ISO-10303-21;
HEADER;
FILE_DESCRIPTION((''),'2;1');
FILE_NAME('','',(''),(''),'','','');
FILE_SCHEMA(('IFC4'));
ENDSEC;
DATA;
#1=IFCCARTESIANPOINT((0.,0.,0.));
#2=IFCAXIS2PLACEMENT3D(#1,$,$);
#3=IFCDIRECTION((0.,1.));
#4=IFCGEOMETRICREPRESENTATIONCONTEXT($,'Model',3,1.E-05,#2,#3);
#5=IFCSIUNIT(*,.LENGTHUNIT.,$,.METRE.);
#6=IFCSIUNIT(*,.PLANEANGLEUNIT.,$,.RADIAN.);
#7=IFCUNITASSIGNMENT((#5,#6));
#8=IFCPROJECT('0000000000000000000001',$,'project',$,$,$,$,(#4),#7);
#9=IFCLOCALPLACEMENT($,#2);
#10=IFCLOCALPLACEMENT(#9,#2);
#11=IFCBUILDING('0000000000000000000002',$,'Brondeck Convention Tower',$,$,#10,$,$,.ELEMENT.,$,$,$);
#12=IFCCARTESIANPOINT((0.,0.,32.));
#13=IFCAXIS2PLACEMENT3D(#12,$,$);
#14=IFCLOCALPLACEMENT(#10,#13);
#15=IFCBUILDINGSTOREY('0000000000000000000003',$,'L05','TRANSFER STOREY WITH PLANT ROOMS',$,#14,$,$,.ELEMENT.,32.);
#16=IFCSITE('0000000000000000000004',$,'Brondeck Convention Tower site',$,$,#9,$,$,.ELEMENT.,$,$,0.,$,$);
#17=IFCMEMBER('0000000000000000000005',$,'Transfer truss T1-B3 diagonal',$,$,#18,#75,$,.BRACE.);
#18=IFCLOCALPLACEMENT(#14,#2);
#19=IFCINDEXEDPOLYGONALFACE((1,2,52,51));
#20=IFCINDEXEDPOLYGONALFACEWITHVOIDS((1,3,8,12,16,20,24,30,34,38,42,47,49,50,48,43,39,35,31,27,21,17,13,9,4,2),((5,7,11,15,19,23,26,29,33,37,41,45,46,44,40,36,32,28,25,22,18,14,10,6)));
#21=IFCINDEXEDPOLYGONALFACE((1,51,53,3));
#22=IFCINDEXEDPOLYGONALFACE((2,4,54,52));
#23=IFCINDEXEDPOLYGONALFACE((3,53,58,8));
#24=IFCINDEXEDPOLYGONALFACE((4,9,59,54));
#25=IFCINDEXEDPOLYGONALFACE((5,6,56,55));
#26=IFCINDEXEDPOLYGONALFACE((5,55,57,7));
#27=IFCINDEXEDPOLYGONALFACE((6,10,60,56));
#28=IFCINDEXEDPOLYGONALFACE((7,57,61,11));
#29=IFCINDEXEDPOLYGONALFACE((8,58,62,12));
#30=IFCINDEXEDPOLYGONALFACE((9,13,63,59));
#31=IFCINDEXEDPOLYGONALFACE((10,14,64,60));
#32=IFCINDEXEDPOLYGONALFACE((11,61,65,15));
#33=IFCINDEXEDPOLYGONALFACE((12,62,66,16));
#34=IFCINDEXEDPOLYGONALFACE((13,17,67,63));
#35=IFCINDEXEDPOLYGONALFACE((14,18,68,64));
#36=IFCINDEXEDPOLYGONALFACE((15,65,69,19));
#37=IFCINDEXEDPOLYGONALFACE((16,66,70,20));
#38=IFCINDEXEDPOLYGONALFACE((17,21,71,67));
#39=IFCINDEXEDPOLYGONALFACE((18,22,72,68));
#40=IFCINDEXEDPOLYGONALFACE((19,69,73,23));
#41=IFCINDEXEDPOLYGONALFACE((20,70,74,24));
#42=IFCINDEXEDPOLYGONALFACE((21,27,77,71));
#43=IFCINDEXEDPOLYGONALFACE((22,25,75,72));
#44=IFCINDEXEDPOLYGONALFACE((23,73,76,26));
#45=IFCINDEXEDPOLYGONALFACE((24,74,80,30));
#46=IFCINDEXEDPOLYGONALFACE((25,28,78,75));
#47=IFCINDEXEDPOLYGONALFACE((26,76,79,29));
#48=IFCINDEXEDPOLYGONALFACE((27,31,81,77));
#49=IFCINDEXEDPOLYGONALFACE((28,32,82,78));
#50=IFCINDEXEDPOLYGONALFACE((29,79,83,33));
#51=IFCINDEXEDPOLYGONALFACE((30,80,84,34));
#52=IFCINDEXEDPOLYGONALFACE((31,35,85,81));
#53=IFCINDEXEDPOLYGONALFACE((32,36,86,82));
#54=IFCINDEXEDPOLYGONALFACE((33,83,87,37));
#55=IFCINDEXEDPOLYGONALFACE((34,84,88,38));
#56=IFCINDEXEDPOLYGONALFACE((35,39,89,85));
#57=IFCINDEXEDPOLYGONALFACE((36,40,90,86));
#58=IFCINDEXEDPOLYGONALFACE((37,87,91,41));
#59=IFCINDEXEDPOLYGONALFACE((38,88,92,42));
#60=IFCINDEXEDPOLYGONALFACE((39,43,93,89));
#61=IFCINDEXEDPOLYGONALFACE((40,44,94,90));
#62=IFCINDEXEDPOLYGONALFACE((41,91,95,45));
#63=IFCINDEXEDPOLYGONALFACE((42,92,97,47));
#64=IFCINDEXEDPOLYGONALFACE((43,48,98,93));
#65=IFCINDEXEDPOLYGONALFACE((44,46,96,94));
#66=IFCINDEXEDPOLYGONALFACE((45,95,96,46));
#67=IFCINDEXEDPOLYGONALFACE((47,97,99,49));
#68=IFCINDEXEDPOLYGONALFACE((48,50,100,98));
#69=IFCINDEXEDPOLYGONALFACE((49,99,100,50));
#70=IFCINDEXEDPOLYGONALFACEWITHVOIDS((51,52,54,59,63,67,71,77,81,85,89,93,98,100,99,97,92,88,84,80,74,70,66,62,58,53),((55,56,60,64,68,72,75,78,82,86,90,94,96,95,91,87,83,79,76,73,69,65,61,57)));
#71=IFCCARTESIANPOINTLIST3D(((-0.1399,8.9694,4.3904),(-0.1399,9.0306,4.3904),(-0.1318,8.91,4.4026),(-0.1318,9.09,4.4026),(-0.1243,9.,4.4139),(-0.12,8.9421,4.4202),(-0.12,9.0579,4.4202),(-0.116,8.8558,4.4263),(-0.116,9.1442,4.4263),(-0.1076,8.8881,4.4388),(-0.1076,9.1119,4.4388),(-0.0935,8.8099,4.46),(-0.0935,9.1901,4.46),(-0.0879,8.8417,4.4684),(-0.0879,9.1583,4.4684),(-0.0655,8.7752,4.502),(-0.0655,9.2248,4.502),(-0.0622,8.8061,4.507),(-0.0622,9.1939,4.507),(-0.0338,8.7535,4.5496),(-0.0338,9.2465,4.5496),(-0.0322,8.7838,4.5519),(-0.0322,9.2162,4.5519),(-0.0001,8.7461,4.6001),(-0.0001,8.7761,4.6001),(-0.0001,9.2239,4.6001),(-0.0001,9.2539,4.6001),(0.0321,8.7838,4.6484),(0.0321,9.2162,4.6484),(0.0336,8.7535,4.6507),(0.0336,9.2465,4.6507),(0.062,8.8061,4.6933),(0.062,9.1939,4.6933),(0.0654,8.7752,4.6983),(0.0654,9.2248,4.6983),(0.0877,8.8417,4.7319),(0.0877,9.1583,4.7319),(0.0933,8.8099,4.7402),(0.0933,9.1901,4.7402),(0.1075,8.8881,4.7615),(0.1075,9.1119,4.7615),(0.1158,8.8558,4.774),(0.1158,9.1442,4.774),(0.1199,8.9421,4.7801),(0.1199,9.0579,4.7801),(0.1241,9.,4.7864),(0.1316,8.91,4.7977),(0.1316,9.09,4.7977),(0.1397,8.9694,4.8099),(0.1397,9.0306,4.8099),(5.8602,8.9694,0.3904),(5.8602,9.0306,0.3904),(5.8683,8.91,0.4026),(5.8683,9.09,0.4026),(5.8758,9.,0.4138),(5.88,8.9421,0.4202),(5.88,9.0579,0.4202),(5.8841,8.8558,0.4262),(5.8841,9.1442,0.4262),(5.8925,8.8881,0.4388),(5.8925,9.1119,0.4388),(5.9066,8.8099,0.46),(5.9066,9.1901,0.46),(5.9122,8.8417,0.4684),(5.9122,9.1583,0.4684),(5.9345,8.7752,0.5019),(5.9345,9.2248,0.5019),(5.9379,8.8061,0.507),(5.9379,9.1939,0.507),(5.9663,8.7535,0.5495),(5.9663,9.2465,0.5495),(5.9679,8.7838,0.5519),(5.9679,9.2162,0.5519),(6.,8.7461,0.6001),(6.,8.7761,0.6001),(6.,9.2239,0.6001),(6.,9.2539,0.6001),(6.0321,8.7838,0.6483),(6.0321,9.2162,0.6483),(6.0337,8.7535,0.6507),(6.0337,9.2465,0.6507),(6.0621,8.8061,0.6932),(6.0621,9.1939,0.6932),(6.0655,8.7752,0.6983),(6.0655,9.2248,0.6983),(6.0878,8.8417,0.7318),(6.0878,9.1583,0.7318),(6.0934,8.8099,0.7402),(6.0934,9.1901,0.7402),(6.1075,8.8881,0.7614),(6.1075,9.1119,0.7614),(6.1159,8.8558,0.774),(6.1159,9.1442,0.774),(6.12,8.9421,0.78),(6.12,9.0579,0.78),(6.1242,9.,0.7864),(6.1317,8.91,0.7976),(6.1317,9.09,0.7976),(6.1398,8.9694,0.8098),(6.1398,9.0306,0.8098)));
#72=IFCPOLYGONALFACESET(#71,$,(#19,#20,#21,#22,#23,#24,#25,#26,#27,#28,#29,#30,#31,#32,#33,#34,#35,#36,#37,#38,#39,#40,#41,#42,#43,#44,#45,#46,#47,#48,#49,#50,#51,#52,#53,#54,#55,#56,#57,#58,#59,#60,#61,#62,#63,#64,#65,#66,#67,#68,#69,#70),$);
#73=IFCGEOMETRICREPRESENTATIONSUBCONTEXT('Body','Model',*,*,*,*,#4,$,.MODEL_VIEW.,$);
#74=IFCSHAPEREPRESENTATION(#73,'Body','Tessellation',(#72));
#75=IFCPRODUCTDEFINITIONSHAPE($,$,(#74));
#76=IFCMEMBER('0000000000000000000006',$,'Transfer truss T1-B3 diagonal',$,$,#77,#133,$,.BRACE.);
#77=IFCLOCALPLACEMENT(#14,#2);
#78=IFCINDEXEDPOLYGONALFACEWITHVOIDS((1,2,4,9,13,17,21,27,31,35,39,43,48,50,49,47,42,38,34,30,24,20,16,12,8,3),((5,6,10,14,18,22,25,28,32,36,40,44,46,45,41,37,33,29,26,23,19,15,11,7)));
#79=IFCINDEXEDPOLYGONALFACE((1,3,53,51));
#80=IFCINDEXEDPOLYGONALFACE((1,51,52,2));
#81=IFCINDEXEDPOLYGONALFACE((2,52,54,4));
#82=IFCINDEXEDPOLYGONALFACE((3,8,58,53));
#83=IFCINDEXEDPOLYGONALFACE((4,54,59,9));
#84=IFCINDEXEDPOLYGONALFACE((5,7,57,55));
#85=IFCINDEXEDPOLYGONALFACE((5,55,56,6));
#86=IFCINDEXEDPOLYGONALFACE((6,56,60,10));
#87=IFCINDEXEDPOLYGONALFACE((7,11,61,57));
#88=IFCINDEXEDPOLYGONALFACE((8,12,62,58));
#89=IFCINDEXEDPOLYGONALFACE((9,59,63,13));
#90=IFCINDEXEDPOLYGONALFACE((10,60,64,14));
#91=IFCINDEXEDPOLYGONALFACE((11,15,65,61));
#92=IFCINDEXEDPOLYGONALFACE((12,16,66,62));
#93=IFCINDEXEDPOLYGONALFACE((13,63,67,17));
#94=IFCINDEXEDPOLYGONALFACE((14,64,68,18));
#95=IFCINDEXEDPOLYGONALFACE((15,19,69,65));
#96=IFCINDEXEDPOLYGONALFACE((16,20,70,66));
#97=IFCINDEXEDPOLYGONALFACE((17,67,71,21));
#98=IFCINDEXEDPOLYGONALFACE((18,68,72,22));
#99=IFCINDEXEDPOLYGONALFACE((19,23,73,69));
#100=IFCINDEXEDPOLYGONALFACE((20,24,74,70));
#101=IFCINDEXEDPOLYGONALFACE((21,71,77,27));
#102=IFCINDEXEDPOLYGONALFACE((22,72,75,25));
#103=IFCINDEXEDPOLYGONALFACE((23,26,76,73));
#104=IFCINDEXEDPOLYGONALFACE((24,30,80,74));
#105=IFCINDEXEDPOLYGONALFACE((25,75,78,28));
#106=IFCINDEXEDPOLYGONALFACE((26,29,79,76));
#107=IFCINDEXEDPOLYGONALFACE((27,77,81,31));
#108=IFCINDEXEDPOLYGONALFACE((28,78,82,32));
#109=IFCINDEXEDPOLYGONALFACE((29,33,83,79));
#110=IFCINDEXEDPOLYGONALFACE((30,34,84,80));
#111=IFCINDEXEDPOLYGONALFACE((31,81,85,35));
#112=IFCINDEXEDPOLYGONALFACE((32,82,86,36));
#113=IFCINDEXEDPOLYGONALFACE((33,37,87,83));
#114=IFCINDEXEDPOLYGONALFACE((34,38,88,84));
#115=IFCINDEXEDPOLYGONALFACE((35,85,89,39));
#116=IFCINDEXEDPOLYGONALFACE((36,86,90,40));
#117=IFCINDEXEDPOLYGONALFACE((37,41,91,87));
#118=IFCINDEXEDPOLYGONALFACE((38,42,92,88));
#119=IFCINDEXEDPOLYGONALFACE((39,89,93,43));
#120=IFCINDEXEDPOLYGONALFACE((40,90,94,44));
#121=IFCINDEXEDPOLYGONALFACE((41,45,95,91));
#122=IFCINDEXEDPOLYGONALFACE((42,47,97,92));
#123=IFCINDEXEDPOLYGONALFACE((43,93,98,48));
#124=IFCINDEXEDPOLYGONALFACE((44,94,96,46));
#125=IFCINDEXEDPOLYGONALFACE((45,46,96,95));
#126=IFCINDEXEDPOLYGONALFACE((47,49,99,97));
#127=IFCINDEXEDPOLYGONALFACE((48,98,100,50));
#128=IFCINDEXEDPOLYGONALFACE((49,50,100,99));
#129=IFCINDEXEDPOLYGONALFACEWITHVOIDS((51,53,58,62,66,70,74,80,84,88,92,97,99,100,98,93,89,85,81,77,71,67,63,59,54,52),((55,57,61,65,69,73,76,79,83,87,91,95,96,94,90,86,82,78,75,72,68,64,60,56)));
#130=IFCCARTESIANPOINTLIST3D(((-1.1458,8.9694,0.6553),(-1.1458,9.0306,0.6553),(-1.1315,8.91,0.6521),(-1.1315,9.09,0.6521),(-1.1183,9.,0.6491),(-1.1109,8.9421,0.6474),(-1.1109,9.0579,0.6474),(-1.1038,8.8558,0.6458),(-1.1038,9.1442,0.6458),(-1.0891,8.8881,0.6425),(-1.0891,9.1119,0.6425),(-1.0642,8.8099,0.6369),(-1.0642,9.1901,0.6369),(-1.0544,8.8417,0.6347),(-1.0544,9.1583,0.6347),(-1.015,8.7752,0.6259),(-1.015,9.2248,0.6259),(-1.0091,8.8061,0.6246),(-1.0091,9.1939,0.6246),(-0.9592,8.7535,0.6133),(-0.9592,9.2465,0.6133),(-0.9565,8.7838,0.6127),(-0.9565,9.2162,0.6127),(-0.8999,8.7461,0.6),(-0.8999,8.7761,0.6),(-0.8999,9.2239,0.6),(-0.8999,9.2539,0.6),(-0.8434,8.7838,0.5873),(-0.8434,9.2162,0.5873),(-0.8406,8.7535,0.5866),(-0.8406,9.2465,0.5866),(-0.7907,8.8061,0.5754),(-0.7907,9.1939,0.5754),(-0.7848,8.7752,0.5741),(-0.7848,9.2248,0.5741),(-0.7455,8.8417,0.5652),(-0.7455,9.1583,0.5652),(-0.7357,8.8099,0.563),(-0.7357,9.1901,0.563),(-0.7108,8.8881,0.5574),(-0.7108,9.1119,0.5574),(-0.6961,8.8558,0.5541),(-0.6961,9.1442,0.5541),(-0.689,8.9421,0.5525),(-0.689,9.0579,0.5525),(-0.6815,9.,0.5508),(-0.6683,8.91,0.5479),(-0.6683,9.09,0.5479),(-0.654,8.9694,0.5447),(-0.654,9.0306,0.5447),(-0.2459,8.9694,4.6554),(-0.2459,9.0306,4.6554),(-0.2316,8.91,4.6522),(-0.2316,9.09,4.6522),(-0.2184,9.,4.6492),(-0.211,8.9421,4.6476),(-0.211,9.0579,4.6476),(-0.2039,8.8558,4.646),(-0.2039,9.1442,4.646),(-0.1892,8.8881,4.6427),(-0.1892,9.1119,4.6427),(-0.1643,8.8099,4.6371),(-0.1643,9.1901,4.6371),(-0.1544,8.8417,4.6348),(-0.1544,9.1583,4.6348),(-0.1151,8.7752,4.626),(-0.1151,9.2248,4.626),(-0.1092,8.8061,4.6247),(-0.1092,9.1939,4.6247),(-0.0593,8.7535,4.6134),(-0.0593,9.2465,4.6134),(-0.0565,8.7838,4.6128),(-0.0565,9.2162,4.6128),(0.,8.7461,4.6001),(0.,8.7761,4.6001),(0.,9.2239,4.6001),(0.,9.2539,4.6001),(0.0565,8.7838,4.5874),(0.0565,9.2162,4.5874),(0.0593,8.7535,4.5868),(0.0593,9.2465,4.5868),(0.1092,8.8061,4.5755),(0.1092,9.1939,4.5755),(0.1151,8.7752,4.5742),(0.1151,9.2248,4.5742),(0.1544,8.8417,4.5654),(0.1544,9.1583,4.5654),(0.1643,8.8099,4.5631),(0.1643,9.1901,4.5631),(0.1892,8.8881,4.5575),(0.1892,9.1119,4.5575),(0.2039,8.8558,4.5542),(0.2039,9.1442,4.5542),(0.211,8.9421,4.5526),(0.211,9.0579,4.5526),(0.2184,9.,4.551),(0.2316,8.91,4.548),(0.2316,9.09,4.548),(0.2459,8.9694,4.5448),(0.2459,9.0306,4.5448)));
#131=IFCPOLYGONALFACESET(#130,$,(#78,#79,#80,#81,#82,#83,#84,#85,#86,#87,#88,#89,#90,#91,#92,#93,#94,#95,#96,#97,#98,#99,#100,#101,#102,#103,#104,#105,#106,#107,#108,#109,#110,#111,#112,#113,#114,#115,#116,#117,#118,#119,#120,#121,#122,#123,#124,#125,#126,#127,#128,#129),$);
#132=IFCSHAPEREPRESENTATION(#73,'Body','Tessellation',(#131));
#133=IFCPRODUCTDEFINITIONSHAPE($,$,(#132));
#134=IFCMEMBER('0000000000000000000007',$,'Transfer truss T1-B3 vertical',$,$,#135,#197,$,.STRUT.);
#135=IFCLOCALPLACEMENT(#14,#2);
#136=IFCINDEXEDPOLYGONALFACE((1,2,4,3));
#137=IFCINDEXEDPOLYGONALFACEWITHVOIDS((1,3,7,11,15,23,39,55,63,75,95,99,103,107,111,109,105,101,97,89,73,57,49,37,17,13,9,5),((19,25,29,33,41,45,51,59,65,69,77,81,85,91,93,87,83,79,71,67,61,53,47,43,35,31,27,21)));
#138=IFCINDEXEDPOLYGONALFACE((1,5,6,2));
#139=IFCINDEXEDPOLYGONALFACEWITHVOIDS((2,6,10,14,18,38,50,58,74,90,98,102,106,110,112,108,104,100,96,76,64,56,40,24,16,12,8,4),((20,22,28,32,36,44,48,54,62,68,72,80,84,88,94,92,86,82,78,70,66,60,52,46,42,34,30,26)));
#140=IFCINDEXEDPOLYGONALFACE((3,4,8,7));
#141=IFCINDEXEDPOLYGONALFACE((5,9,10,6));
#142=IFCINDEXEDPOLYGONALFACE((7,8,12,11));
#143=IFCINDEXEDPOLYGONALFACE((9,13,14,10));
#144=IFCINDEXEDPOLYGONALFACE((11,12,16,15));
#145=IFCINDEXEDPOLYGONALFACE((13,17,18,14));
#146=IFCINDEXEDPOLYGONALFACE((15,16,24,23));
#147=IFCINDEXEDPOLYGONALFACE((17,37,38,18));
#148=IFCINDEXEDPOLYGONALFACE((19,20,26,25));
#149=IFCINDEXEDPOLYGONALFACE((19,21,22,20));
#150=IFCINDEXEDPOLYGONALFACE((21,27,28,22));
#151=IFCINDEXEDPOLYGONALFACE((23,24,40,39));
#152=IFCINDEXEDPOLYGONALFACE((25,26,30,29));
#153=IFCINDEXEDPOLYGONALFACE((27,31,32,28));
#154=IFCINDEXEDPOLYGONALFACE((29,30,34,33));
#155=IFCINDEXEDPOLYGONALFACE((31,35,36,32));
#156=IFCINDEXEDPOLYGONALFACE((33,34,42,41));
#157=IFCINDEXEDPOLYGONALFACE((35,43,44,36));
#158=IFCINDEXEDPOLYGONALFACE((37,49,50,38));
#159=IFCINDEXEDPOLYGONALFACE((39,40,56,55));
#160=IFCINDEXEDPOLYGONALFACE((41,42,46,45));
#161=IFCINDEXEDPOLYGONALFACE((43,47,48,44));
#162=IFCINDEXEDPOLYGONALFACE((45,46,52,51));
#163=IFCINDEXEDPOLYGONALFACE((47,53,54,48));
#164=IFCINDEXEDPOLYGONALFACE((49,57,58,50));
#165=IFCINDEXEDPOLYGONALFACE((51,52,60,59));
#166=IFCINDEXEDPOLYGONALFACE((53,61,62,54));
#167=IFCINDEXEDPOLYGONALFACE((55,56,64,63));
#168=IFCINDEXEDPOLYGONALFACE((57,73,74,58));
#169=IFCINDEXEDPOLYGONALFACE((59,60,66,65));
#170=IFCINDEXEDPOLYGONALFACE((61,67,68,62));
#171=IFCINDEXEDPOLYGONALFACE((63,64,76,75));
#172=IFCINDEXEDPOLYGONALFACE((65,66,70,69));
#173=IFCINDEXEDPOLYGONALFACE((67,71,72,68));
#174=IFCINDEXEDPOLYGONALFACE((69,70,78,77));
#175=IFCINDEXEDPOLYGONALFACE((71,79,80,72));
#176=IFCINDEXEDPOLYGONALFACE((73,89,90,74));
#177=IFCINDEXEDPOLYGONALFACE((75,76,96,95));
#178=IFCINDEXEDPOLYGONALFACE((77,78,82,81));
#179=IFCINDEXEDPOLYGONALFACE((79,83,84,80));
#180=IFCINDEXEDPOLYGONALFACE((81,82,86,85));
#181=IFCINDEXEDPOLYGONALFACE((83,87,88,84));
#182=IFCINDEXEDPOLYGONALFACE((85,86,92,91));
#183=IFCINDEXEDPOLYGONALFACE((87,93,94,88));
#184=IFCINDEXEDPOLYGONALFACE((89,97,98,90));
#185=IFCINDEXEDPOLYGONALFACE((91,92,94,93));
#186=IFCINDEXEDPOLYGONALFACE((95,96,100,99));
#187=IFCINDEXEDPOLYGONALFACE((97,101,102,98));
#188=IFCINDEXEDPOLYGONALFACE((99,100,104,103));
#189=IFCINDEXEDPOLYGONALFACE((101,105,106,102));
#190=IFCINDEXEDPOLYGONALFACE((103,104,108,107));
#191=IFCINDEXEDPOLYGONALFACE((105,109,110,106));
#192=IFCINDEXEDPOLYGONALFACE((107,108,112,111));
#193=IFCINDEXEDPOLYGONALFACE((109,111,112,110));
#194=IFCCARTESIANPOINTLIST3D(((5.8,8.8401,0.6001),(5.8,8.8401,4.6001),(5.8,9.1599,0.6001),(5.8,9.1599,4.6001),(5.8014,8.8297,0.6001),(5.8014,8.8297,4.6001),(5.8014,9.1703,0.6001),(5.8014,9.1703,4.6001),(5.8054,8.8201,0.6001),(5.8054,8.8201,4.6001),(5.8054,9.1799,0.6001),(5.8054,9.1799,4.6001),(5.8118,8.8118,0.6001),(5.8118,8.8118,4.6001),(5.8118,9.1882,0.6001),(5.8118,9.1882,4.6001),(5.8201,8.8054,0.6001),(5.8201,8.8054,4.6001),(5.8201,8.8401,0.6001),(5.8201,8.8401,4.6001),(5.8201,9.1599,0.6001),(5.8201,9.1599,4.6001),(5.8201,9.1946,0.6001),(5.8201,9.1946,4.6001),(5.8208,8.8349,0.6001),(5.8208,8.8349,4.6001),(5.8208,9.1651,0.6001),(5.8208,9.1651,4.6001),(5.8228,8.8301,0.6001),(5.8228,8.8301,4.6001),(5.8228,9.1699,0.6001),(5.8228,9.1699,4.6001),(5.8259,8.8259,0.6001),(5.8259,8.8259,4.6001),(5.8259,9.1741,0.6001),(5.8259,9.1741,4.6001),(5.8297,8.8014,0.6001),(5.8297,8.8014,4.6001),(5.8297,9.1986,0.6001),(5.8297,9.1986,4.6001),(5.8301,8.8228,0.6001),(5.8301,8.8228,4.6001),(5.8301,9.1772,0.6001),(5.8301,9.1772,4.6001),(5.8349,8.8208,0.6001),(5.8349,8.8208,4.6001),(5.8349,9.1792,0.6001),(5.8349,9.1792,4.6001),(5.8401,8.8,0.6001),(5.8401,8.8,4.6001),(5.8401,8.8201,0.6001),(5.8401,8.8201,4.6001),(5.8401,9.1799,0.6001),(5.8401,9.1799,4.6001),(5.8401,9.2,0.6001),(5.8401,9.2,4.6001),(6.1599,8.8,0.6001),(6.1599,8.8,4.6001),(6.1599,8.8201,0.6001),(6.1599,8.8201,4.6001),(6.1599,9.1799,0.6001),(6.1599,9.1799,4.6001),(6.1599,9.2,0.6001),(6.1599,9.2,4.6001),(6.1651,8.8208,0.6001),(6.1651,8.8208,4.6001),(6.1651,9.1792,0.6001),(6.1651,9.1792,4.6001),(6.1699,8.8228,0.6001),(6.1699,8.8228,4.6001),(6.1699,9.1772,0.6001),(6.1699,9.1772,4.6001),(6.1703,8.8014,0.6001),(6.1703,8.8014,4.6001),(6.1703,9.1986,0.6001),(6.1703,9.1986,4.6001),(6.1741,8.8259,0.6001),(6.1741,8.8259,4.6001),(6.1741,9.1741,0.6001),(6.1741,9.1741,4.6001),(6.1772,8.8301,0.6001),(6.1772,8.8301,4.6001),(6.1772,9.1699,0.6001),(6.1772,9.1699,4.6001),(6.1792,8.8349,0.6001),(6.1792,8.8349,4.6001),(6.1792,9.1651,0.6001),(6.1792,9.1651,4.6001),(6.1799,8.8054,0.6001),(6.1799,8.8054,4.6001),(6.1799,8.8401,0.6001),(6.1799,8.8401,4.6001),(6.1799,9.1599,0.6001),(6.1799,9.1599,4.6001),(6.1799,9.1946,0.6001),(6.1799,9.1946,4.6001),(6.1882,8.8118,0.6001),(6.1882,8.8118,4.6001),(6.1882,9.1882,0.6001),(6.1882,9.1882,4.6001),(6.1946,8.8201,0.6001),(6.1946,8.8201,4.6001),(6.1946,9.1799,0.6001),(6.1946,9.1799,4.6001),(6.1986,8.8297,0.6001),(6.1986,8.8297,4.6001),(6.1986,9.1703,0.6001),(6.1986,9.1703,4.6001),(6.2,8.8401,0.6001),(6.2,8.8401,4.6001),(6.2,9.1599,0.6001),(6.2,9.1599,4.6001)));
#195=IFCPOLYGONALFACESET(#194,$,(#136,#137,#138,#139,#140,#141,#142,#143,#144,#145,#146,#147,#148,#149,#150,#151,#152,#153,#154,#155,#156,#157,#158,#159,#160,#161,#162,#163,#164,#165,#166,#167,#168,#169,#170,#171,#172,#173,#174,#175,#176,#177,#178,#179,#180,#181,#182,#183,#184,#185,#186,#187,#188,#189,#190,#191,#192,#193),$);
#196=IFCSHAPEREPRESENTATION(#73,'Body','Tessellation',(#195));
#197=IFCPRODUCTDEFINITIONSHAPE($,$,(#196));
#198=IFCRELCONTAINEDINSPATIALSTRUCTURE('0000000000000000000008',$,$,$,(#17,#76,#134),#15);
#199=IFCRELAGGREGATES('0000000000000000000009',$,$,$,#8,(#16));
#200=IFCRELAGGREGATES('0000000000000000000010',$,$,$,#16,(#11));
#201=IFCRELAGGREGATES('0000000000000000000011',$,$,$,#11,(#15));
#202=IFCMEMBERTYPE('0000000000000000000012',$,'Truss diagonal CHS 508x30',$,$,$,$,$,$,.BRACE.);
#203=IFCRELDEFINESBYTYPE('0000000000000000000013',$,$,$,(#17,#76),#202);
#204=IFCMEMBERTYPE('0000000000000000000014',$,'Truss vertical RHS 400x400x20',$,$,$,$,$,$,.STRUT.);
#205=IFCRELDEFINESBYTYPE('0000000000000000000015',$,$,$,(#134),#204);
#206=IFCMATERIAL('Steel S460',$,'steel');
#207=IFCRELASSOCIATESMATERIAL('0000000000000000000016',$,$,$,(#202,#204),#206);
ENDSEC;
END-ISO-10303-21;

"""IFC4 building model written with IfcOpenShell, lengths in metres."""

from ifc_helpers import new_model, si_unit, direction, frame, origin, origin_2d, place, context, subcontext, project, spatial, hollow_rectangle, hollow_circle, extrude, material, material_profile, profile_set, type_object, element, save


model = new_model("IFC4")

# Units and contexts
model_context = context("Model", 3, precision=1e-05, world=origin(), true_north=direction((0.0, 1.0)))
body_context = subcontext(model_context, "Body", "Model", "MODEL_VIEW")
ifc_project = project(units=[si_unit("LENGTHUNIT", "METRE"), si_unit("PLANEANGLEUNIT", "RADIAN")], contexts=[model_context])

# Site, building, storey
site_placement = place(None, origin())
site = spatial("IfcSite", under=ifc_project, at=site_placement, Name="Brondeck Convention Tower site", CompositionType="ELEMENT", RefElevation=0.0)
building_placement = place(site_placement, origin())
building = spatial("IfcBuilding", under=site, at=building_placement, Name="Brondeck Convention Tower", CompositionType="ELEMENT")
storey_placement = place(building_placement, frame((0.0, 0.0, 32.0)))
storey = spatial("IfcBuildingStorey", under=building, at=storey_placement, Name="L05", Description="TRANSFER STOREY WITH PLANT ROOMS", CompositionType="ELEMENT", Elevation=32.0)

# Shared definitions
ifc_material_1 = material(Name="Steel S460", Category="steel")

# Members
ifc_material_profile_1 = material_profile(ifc_material_1, hollow_circle(Radius=0.2539, WallThickness=0.03, at=origin_2d()), Name="CHS 508x30")
ifc_profile_set_1 = profile_set([ifc_material_profile_1], Name="Steel S460")
member_type_1 = type_object("IfcMemberType", Name="Truss diagonal CHS 508x30", PredefinedType="BRACE", material=ifc_profile_set_1)
member_1_placement = place(storey_placement, frame((6.0, 9.0, 0.6001), z_axis=(-0.83205, 0.0, 0.5547), x_axis=(0.0, -1.0, 0.0)))
element("IfcMember", 1, at=member_1_placement, inside=storey, type_object=member_type_1, Name="Transfer truss T1-B3 diagonal", PredefinedType="BRACE", context=body_context, shape_type="SweptSolid", body=[
    extrude(hollow_circle(Radius=0.2539, WallThickness=0.03, at=origin_2d()), origin(), (0.0, 0.0, 1.0), 7.2112),
])
member_2_placement = place(storey_placement, frame((0.0, 9.0, 4.6001), z_axis=(-0.21949, 0.0, -0.975615), x_axis=(0.0, -1.0, 0.0)))
element("IfcMember", 2, at=member_2_placement, inside=storey, type_object=member_type_1, Name="Transfer truss T1-B3 diagonal", PredefinedType="BRACE", context=body_context, shape_type="SweptSolid", body=[
    extrude(hollow_circle(Radius=0.2539, WallThickness=0.03, at=origin_2d()), origin(), (0.0, 0.0, 1.0), 4.1001),
])
ifc_material_profile_2 = material_profile(ifc_material_1, hollow_rectangle(XDim=0.3999, YDim=0.3999, WallThickness=0.02, InnerFilletRadius=0.02, OuterFilletRadius=0.04, at=origin_2d()), Name="RHS 400x400x20")
ifc_profile_set_2 = profile_set([ifc_material_profile_2], Name="Steel S460")
member_type_2 = type_object("IfcMemberType", Name="Truss vertical RHS 400x400x20", PredefinedType="STRUT", material=ifc_profile_set_2)
for number, where, z_axis, x_axis, name in (
    (3, (6.0, 9.0, 0.6001), (0.0, 0.0, 1.0), (1.0, 0.0, 0.0), "Transfer truss T1-B3 vertical"),
):
    element("IfcMember", number, at=place(storey_placement, frame(where, z_axis=z_axis, x_axis=x_axis)), inside=storey, type_object=member_type_2, Name=name, PredefinedType="STRUT", context=body_context, shape_type="SweptSolid", body=[
        extrude(hollow_rectangle(XDim=0.3999, YDim=0.3999, WallThickness=0.02, InnerFilletRadius=0.02, OuterFilletRadius=0.04, at=origin_2d()), origin(), (0.0, 0.0, 1.0), 4.0),
    ])

save(model, "model.ifc")
